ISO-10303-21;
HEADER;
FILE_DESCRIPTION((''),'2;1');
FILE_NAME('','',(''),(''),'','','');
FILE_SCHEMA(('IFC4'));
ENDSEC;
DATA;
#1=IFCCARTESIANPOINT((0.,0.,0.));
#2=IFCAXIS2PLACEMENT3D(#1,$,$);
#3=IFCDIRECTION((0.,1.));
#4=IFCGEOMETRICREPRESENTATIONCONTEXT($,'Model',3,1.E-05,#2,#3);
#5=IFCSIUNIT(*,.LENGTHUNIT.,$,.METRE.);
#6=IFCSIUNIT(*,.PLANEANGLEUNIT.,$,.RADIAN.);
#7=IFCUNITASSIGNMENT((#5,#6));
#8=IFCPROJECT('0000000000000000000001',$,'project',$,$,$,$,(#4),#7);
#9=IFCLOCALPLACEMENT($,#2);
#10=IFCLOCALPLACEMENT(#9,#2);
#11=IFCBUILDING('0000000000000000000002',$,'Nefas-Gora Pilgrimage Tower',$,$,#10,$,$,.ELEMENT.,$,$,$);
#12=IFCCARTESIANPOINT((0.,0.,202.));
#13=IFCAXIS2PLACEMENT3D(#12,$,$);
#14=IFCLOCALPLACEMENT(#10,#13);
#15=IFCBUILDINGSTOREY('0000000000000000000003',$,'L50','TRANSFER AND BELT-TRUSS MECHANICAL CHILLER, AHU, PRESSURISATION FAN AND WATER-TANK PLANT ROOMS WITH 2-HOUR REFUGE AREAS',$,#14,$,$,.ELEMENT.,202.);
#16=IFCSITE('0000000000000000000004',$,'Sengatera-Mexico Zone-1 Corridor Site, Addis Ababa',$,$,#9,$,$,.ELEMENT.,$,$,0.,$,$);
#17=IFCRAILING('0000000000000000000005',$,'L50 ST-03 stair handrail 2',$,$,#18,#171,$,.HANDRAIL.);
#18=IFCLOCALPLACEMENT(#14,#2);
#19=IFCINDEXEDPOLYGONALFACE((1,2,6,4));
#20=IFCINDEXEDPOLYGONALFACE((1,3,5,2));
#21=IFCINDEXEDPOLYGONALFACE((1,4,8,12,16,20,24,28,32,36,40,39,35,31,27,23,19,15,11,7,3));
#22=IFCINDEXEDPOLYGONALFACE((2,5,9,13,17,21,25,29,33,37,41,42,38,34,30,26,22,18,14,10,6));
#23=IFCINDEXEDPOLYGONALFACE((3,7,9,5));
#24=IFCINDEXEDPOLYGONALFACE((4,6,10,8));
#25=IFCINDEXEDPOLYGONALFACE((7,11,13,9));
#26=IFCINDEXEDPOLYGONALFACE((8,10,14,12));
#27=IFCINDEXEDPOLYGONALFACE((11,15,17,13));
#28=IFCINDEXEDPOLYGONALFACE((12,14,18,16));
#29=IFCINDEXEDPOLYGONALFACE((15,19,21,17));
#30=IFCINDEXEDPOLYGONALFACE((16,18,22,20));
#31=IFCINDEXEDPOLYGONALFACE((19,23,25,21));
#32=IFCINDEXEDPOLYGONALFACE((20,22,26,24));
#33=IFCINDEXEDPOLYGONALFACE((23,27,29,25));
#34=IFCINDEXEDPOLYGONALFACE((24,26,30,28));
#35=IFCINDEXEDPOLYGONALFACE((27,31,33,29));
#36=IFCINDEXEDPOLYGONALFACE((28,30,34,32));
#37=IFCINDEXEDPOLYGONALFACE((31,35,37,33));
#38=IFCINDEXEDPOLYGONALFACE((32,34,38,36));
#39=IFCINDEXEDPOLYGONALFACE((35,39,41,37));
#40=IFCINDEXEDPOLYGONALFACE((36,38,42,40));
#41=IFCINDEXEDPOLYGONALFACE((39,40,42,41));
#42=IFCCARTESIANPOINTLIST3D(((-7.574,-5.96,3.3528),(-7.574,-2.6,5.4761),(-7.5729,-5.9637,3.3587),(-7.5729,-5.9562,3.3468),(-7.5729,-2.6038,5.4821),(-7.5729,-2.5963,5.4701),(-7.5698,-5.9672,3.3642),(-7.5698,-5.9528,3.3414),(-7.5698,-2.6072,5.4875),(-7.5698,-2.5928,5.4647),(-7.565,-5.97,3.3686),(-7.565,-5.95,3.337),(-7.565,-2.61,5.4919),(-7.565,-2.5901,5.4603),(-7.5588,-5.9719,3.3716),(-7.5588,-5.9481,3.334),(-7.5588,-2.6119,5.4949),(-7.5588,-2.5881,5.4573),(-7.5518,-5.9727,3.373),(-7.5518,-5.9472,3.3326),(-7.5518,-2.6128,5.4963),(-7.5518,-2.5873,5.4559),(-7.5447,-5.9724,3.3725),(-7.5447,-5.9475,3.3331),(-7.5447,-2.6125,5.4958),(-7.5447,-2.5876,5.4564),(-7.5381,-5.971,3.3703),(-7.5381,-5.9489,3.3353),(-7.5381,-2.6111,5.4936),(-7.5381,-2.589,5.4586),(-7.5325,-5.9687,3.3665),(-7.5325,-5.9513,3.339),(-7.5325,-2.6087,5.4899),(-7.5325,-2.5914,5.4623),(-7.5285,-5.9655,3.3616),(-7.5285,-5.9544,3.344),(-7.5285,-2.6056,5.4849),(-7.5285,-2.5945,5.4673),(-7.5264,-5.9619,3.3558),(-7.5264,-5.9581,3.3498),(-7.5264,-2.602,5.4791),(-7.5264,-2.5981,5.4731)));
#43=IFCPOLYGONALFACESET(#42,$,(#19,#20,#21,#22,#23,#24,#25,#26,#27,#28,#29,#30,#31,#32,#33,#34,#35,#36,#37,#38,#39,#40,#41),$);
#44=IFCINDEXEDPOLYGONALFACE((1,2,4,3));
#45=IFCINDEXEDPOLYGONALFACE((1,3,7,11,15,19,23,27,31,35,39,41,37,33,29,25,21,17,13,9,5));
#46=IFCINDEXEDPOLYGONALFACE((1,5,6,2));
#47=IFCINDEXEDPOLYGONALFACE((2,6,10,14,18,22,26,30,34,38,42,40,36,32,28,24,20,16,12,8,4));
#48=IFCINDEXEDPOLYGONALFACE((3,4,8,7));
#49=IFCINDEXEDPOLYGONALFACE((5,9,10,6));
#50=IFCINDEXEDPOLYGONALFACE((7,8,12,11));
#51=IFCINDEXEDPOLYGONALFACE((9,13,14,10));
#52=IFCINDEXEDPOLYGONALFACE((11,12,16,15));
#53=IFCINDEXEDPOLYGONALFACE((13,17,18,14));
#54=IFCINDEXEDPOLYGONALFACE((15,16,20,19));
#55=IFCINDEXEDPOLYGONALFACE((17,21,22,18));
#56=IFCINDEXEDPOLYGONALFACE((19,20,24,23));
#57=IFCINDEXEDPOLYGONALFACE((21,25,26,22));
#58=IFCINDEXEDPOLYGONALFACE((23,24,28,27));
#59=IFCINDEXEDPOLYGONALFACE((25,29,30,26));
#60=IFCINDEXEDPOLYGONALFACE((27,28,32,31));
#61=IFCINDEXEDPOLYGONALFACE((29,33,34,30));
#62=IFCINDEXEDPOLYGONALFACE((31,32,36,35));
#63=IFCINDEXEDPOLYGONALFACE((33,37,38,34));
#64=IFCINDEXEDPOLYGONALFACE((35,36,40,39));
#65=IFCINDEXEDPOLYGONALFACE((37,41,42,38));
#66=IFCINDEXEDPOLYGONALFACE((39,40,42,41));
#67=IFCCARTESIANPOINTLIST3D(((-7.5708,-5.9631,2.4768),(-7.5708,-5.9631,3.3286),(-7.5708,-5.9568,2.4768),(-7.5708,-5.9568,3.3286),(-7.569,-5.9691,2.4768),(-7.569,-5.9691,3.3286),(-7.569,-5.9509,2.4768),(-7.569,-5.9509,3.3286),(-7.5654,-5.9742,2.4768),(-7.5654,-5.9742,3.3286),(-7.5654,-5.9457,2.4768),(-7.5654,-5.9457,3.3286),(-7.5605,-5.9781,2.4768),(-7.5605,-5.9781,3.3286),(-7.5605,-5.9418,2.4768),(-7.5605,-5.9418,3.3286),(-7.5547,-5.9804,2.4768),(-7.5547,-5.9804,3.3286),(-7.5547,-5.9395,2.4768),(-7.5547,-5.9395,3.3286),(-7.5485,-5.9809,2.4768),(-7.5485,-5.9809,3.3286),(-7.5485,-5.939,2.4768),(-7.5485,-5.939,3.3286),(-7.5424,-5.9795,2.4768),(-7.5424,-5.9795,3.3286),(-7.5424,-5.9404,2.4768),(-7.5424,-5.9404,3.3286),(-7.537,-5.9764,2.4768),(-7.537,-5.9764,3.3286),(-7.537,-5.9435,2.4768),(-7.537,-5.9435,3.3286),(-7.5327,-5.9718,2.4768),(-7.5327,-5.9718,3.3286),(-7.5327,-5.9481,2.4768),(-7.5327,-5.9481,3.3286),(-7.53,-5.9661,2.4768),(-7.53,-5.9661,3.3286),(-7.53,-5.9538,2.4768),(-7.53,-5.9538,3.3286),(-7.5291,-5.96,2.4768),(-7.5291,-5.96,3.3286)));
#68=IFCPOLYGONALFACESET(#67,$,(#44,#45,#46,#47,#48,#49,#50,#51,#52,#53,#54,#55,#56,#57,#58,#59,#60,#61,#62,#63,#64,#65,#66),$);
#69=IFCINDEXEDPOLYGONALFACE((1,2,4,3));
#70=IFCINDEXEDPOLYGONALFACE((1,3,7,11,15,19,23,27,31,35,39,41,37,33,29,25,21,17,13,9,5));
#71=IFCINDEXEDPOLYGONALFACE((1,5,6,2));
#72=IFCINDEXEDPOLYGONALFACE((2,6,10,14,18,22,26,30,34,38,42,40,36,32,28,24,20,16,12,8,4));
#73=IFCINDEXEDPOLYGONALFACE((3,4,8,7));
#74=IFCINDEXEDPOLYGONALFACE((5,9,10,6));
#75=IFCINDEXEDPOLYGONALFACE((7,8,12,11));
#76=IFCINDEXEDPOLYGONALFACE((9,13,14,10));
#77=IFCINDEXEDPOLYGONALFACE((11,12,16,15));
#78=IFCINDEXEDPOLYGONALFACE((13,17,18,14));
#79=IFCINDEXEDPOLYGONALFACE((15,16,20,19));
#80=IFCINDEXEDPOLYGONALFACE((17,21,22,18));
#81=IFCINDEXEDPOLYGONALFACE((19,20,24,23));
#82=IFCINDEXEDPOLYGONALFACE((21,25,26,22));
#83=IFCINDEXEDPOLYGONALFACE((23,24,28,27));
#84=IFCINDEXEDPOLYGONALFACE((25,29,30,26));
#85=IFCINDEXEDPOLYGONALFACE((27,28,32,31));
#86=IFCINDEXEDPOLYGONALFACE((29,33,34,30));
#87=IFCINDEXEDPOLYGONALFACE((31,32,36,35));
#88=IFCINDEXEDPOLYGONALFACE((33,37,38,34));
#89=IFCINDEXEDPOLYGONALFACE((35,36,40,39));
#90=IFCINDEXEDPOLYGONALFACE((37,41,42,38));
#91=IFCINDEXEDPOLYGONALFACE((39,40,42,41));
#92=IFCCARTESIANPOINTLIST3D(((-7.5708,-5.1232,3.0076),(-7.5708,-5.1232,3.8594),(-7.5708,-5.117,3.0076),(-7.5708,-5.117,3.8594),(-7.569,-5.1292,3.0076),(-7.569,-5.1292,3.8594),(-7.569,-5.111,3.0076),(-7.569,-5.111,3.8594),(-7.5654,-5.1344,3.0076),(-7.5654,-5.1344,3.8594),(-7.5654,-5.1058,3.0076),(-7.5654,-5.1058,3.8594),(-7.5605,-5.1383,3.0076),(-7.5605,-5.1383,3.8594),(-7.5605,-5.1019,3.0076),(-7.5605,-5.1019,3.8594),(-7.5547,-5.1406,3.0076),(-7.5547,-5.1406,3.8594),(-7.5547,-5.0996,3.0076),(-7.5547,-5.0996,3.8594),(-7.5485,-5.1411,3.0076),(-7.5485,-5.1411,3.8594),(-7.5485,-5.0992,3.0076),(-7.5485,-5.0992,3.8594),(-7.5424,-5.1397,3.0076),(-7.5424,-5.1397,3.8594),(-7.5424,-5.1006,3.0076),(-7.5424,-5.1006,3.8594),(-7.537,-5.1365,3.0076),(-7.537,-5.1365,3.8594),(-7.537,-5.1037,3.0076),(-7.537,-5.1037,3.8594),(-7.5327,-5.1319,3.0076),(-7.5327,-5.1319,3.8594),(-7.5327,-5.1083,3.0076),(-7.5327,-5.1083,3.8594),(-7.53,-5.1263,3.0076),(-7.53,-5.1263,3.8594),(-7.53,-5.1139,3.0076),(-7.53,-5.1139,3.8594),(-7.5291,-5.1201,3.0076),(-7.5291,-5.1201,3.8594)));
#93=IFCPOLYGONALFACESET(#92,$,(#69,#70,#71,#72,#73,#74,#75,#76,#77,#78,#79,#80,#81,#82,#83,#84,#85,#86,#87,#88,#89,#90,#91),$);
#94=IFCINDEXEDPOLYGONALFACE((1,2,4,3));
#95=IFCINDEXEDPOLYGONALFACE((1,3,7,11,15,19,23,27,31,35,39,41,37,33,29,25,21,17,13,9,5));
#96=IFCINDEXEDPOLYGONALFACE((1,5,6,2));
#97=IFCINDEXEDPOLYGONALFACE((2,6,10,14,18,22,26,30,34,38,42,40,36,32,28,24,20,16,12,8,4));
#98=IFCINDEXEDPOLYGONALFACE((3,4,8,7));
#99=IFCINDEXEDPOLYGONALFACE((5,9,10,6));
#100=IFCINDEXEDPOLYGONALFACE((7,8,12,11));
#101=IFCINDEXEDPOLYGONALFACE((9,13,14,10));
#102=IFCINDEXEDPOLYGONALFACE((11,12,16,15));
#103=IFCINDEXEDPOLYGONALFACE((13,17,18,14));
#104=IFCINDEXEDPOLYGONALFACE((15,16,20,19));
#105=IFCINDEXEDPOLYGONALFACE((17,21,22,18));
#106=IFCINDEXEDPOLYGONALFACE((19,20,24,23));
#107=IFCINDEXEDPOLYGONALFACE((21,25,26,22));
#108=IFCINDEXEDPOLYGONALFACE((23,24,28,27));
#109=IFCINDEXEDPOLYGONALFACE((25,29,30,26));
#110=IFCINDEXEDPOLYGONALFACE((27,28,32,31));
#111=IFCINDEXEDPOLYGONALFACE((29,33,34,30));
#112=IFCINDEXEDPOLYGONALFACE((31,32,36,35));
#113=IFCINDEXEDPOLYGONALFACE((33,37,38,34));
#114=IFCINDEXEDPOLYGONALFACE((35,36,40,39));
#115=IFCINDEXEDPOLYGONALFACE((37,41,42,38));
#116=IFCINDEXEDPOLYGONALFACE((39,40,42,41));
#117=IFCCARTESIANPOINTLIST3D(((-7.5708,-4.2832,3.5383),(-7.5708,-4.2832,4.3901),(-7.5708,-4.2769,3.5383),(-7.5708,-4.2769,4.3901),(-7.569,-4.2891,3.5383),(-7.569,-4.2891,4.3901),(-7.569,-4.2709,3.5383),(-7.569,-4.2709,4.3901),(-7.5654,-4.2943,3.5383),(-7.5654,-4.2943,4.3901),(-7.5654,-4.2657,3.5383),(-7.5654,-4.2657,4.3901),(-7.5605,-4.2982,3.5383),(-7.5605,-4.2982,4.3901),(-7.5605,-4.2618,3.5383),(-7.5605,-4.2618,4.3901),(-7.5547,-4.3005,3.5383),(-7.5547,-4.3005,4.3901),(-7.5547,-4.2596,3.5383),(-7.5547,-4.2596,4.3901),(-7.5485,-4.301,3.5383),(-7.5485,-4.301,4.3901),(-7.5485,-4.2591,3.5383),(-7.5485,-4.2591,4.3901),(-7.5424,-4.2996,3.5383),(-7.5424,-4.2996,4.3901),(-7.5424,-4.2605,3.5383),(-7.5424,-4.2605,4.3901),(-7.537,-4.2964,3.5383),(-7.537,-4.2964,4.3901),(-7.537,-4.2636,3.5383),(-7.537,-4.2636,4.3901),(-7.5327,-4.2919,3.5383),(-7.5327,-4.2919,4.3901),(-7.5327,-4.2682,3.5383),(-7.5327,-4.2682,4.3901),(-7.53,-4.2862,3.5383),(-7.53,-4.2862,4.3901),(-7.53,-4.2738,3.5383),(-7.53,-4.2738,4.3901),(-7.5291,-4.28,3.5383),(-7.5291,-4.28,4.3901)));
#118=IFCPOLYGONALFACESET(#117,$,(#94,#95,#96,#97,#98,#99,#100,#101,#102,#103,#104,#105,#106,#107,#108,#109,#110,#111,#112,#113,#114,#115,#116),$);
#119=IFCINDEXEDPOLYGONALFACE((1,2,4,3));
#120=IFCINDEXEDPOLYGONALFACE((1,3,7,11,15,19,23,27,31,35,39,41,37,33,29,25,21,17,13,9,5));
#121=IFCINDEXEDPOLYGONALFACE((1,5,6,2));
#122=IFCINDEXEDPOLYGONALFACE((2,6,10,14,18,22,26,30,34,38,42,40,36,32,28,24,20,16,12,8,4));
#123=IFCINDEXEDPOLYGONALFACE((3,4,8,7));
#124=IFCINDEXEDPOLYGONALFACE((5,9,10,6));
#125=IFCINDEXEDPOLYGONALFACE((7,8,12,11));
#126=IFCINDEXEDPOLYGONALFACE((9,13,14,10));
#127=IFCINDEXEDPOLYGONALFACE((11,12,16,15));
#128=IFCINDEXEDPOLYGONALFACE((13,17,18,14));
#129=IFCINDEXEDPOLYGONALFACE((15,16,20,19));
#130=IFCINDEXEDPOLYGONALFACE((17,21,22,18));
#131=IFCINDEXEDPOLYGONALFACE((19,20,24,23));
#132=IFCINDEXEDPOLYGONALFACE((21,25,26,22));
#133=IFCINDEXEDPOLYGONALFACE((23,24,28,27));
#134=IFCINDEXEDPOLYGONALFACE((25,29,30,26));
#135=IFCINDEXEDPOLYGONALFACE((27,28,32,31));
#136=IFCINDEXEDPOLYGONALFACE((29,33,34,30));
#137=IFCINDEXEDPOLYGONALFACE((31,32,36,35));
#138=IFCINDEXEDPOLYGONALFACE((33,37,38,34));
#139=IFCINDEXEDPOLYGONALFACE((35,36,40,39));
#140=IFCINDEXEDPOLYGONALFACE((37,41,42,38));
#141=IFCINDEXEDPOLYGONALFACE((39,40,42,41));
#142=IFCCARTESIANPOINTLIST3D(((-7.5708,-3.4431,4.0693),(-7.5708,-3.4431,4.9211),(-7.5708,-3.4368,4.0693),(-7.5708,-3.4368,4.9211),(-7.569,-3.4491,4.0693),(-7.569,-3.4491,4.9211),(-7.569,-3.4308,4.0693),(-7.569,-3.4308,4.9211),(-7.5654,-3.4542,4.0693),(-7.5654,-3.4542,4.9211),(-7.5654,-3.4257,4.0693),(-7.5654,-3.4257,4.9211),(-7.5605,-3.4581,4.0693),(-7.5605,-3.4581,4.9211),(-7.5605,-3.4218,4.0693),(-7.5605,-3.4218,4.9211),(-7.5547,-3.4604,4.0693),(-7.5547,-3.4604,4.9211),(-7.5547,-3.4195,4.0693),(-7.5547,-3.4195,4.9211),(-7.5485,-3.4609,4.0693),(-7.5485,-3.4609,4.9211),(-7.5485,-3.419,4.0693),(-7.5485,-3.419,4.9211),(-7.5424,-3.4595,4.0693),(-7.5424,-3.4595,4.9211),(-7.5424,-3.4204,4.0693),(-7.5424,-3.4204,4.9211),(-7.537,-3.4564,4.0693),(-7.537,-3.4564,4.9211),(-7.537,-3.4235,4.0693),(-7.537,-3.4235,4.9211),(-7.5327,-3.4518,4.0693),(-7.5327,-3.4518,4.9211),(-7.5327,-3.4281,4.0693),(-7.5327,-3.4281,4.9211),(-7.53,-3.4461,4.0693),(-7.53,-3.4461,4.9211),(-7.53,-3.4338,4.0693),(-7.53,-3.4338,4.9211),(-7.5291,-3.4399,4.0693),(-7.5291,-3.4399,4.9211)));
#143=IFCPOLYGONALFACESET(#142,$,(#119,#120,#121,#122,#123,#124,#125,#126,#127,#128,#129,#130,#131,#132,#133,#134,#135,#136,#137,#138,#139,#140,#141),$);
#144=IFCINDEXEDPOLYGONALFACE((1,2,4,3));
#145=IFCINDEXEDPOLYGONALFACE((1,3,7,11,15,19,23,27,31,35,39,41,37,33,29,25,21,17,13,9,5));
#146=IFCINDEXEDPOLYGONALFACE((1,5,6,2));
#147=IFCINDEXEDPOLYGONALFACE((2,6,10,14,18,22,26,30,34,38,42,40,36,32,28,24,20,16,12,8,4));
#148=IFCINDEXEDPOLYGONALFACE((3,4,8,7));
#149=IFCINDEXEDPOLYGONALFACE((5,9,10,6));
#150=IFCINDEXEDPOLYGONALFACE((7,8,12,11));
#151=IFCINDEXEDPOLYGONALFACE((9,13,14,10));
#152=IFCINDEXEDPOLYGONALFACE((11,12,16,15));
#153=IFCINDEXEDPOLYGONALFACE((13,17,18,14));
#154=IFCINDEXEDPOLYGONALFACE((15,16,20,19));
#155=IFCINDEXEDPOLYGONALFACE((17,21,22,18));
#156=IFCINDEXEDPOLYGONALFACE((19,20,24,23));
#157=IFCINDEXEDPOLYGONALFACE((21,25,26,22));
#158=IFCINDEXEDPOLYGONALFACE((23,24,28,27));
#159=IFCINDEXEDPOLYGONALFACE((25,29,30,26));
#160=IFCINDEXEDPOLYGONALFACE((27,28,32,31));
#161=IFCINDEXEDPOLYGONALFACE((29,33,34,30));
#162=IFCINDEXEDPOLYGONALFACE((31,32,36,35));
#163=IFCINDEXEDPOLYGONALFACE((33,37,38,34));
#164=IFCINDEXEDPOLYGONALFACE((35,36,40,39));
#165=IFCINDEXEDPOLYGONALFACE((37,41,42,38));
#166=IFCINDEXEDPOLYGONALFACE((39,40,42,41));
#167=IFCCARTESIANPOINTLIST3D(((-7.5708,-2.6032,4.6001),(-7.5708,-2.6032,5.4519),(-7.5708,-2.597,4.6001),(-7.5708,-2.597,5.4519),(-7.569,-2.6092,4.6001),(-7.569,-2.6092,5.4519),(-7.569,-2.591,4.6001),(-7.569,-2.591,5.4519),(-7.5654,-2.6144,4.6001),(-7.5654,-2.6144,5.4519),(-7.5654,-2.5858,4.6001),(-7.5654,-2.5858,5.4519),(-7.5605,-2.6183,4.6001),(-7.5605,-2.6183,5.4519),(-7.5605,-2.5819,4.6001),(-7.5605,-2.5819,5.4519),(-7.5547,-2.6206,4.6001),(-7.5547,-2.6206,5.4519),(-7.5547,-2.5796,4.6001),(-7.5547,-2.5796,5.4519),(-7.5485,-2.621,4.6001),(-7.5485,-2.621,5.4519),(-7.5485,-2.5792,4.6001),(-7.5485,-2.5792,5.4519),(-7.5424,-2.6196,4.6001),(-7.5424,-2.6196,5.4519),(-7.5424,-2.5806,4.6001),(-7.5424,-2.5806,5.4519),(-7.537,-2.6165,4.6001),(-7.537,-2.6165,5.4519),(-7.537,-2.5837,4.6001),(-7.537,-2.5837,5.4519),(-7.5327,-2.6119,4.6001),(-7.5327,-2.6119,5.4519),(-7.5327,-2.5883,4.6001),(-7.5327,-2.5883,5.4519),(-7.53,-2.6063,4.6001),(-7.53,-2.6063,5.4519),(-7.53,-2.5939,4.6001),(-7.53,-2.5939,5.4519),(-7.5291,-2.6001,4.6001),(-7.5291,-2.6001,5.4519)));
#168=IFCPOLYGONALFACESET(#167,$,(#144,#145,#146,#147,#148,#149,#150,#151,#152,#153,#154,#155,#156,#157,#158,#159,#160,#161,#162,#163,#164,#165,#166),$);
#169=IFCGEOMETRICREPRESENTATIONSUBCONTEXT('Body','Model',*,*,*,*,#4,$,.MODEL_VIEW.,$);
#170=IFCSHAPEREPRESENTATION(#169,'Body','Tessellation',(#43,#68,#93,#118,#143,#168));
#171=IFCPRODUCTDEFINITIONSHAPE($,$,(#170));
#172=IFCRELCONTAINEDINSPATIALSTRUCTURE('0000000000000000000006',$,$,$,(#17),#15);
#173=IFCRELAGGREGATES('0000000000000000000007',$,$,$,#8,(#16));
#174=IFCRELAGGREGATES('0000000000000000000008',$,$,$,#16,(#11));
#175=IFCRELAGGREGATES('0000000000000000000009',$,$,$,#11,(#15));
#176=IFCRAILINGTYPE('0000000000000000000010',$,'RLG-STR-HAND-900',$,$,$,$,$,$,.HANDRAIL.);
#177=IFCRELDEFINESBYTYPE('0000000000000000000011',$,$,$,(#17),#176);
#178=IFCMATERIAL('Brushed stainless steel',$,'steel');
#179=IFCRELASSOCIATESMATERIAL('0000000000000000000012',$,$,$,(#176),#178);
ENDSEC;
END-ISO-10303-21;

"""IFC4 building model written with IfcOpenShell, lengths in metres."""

from ifc_helpers import new_model, si_unit, direction, frame, origin, origin_2d, place, context, subcontext, project, spatial, circle, extrude, material, type_object, element, save


model = new_model("IFC4")

# Units and contexts
model_context = context("Model", 3, precision=1e-05, world=origin(), true_north=direction((0.0, 1.0)))
body_context = subcontext(model_context, "Body", "Model", "MODEL_VIEW")
ifc_project = project(units=[si_unit("LENGTHUNIT", "METRE"), si_unit("PLANEANGLEUNIT", "RADIAN")], contexts=[model_context])

# Site, building, storey
site_placement = place(None, origin())
site = spatial("IfcSite", under=ifc_project, at=site_placement, Name="Sengatera-Mexico Zone-1 Corridor Site, Addis Ababa", CompositionType="ELEMENT", RefElevation=0.0)
building_placement = place(site_placement, origin())
building = spatial("IfcBuilding", under=site, at=building_placement, Name="Nefas-Gora Pilgrimage Tower", CompositionType="ELEMENT")
storey_placement = place(building_placement, frame((0.0, 0.0, 202.0)))
storey = spatial("IfcBuildingStorey", under=building, at=storey_placement, Name="L50", Description="TRANSFER AND BELT-TRUSS MECHANICAL CHILLER, AHU, PRESSURISATION FAN AND WATER-TANK PLANT ROOMS WITH 2-HOUR REFUGE AREAS", CompositionType="ELEMENT", Elevation=202.0)

# Railing
ifc_material_1 = material(Name="Brushed stainless steel", Category="steel")
railing_type_1 = type_object("IfcRailingType", Name="RLG-STR-HAND-900", PredefinedType="HANDRAIL", material=ifc_material_1)
railing_1_placement = place(storey_placement, frame((-7.55, -5.96, 2.4768)))
element("IfcRailing", 1, at=railing_1_placement, inside=storey, type_object=railing_type_1, Name="L50 ST-03 stair handrail 2", PredefinedType="HANDRAIL", context=body_context, shape_type="SweptSolid", body=[
    extrude(circle(Radius=0.0239, at=origin_2d()), frame((0.0, 0.0, 0.876), z_axis=(0.0, 0.845344, 0.534222), x_axis=(-1.0, 0.0, 0.0)), (0.0, 0.0, 1.0), 3.9746),
    extrude(circle(Radius=0.021, at=origin_2d()), origin(), (0.0, 0.0, 1.0), 0.8518),
    extrude(circle(Radius=0.021, at=origin_2d()), frame((0.0, 0.8398, 0.5308)), (0.0, 0.0, 1.0), 0.8518),
    extrude(circle(Radius=0.021, at=origin_2d()), frame((0.0, 1.6799, 1.0615)), (0.0, 0.0, 1.0), 0.8518),
    extrude(circle(Radius=0.021, at=origin_2d()), frame((0.0, 2.52, 1.5925)), (0.0, 0.0, 1.0), 0.8518),
    extrude(circle(Radius=0.021, at=origin_2d()), frame((0.0, 3.3599, 2.1233)), (0.0, 0.0, 1.0), 0.8518),
])

save(model, "model.ifc")
